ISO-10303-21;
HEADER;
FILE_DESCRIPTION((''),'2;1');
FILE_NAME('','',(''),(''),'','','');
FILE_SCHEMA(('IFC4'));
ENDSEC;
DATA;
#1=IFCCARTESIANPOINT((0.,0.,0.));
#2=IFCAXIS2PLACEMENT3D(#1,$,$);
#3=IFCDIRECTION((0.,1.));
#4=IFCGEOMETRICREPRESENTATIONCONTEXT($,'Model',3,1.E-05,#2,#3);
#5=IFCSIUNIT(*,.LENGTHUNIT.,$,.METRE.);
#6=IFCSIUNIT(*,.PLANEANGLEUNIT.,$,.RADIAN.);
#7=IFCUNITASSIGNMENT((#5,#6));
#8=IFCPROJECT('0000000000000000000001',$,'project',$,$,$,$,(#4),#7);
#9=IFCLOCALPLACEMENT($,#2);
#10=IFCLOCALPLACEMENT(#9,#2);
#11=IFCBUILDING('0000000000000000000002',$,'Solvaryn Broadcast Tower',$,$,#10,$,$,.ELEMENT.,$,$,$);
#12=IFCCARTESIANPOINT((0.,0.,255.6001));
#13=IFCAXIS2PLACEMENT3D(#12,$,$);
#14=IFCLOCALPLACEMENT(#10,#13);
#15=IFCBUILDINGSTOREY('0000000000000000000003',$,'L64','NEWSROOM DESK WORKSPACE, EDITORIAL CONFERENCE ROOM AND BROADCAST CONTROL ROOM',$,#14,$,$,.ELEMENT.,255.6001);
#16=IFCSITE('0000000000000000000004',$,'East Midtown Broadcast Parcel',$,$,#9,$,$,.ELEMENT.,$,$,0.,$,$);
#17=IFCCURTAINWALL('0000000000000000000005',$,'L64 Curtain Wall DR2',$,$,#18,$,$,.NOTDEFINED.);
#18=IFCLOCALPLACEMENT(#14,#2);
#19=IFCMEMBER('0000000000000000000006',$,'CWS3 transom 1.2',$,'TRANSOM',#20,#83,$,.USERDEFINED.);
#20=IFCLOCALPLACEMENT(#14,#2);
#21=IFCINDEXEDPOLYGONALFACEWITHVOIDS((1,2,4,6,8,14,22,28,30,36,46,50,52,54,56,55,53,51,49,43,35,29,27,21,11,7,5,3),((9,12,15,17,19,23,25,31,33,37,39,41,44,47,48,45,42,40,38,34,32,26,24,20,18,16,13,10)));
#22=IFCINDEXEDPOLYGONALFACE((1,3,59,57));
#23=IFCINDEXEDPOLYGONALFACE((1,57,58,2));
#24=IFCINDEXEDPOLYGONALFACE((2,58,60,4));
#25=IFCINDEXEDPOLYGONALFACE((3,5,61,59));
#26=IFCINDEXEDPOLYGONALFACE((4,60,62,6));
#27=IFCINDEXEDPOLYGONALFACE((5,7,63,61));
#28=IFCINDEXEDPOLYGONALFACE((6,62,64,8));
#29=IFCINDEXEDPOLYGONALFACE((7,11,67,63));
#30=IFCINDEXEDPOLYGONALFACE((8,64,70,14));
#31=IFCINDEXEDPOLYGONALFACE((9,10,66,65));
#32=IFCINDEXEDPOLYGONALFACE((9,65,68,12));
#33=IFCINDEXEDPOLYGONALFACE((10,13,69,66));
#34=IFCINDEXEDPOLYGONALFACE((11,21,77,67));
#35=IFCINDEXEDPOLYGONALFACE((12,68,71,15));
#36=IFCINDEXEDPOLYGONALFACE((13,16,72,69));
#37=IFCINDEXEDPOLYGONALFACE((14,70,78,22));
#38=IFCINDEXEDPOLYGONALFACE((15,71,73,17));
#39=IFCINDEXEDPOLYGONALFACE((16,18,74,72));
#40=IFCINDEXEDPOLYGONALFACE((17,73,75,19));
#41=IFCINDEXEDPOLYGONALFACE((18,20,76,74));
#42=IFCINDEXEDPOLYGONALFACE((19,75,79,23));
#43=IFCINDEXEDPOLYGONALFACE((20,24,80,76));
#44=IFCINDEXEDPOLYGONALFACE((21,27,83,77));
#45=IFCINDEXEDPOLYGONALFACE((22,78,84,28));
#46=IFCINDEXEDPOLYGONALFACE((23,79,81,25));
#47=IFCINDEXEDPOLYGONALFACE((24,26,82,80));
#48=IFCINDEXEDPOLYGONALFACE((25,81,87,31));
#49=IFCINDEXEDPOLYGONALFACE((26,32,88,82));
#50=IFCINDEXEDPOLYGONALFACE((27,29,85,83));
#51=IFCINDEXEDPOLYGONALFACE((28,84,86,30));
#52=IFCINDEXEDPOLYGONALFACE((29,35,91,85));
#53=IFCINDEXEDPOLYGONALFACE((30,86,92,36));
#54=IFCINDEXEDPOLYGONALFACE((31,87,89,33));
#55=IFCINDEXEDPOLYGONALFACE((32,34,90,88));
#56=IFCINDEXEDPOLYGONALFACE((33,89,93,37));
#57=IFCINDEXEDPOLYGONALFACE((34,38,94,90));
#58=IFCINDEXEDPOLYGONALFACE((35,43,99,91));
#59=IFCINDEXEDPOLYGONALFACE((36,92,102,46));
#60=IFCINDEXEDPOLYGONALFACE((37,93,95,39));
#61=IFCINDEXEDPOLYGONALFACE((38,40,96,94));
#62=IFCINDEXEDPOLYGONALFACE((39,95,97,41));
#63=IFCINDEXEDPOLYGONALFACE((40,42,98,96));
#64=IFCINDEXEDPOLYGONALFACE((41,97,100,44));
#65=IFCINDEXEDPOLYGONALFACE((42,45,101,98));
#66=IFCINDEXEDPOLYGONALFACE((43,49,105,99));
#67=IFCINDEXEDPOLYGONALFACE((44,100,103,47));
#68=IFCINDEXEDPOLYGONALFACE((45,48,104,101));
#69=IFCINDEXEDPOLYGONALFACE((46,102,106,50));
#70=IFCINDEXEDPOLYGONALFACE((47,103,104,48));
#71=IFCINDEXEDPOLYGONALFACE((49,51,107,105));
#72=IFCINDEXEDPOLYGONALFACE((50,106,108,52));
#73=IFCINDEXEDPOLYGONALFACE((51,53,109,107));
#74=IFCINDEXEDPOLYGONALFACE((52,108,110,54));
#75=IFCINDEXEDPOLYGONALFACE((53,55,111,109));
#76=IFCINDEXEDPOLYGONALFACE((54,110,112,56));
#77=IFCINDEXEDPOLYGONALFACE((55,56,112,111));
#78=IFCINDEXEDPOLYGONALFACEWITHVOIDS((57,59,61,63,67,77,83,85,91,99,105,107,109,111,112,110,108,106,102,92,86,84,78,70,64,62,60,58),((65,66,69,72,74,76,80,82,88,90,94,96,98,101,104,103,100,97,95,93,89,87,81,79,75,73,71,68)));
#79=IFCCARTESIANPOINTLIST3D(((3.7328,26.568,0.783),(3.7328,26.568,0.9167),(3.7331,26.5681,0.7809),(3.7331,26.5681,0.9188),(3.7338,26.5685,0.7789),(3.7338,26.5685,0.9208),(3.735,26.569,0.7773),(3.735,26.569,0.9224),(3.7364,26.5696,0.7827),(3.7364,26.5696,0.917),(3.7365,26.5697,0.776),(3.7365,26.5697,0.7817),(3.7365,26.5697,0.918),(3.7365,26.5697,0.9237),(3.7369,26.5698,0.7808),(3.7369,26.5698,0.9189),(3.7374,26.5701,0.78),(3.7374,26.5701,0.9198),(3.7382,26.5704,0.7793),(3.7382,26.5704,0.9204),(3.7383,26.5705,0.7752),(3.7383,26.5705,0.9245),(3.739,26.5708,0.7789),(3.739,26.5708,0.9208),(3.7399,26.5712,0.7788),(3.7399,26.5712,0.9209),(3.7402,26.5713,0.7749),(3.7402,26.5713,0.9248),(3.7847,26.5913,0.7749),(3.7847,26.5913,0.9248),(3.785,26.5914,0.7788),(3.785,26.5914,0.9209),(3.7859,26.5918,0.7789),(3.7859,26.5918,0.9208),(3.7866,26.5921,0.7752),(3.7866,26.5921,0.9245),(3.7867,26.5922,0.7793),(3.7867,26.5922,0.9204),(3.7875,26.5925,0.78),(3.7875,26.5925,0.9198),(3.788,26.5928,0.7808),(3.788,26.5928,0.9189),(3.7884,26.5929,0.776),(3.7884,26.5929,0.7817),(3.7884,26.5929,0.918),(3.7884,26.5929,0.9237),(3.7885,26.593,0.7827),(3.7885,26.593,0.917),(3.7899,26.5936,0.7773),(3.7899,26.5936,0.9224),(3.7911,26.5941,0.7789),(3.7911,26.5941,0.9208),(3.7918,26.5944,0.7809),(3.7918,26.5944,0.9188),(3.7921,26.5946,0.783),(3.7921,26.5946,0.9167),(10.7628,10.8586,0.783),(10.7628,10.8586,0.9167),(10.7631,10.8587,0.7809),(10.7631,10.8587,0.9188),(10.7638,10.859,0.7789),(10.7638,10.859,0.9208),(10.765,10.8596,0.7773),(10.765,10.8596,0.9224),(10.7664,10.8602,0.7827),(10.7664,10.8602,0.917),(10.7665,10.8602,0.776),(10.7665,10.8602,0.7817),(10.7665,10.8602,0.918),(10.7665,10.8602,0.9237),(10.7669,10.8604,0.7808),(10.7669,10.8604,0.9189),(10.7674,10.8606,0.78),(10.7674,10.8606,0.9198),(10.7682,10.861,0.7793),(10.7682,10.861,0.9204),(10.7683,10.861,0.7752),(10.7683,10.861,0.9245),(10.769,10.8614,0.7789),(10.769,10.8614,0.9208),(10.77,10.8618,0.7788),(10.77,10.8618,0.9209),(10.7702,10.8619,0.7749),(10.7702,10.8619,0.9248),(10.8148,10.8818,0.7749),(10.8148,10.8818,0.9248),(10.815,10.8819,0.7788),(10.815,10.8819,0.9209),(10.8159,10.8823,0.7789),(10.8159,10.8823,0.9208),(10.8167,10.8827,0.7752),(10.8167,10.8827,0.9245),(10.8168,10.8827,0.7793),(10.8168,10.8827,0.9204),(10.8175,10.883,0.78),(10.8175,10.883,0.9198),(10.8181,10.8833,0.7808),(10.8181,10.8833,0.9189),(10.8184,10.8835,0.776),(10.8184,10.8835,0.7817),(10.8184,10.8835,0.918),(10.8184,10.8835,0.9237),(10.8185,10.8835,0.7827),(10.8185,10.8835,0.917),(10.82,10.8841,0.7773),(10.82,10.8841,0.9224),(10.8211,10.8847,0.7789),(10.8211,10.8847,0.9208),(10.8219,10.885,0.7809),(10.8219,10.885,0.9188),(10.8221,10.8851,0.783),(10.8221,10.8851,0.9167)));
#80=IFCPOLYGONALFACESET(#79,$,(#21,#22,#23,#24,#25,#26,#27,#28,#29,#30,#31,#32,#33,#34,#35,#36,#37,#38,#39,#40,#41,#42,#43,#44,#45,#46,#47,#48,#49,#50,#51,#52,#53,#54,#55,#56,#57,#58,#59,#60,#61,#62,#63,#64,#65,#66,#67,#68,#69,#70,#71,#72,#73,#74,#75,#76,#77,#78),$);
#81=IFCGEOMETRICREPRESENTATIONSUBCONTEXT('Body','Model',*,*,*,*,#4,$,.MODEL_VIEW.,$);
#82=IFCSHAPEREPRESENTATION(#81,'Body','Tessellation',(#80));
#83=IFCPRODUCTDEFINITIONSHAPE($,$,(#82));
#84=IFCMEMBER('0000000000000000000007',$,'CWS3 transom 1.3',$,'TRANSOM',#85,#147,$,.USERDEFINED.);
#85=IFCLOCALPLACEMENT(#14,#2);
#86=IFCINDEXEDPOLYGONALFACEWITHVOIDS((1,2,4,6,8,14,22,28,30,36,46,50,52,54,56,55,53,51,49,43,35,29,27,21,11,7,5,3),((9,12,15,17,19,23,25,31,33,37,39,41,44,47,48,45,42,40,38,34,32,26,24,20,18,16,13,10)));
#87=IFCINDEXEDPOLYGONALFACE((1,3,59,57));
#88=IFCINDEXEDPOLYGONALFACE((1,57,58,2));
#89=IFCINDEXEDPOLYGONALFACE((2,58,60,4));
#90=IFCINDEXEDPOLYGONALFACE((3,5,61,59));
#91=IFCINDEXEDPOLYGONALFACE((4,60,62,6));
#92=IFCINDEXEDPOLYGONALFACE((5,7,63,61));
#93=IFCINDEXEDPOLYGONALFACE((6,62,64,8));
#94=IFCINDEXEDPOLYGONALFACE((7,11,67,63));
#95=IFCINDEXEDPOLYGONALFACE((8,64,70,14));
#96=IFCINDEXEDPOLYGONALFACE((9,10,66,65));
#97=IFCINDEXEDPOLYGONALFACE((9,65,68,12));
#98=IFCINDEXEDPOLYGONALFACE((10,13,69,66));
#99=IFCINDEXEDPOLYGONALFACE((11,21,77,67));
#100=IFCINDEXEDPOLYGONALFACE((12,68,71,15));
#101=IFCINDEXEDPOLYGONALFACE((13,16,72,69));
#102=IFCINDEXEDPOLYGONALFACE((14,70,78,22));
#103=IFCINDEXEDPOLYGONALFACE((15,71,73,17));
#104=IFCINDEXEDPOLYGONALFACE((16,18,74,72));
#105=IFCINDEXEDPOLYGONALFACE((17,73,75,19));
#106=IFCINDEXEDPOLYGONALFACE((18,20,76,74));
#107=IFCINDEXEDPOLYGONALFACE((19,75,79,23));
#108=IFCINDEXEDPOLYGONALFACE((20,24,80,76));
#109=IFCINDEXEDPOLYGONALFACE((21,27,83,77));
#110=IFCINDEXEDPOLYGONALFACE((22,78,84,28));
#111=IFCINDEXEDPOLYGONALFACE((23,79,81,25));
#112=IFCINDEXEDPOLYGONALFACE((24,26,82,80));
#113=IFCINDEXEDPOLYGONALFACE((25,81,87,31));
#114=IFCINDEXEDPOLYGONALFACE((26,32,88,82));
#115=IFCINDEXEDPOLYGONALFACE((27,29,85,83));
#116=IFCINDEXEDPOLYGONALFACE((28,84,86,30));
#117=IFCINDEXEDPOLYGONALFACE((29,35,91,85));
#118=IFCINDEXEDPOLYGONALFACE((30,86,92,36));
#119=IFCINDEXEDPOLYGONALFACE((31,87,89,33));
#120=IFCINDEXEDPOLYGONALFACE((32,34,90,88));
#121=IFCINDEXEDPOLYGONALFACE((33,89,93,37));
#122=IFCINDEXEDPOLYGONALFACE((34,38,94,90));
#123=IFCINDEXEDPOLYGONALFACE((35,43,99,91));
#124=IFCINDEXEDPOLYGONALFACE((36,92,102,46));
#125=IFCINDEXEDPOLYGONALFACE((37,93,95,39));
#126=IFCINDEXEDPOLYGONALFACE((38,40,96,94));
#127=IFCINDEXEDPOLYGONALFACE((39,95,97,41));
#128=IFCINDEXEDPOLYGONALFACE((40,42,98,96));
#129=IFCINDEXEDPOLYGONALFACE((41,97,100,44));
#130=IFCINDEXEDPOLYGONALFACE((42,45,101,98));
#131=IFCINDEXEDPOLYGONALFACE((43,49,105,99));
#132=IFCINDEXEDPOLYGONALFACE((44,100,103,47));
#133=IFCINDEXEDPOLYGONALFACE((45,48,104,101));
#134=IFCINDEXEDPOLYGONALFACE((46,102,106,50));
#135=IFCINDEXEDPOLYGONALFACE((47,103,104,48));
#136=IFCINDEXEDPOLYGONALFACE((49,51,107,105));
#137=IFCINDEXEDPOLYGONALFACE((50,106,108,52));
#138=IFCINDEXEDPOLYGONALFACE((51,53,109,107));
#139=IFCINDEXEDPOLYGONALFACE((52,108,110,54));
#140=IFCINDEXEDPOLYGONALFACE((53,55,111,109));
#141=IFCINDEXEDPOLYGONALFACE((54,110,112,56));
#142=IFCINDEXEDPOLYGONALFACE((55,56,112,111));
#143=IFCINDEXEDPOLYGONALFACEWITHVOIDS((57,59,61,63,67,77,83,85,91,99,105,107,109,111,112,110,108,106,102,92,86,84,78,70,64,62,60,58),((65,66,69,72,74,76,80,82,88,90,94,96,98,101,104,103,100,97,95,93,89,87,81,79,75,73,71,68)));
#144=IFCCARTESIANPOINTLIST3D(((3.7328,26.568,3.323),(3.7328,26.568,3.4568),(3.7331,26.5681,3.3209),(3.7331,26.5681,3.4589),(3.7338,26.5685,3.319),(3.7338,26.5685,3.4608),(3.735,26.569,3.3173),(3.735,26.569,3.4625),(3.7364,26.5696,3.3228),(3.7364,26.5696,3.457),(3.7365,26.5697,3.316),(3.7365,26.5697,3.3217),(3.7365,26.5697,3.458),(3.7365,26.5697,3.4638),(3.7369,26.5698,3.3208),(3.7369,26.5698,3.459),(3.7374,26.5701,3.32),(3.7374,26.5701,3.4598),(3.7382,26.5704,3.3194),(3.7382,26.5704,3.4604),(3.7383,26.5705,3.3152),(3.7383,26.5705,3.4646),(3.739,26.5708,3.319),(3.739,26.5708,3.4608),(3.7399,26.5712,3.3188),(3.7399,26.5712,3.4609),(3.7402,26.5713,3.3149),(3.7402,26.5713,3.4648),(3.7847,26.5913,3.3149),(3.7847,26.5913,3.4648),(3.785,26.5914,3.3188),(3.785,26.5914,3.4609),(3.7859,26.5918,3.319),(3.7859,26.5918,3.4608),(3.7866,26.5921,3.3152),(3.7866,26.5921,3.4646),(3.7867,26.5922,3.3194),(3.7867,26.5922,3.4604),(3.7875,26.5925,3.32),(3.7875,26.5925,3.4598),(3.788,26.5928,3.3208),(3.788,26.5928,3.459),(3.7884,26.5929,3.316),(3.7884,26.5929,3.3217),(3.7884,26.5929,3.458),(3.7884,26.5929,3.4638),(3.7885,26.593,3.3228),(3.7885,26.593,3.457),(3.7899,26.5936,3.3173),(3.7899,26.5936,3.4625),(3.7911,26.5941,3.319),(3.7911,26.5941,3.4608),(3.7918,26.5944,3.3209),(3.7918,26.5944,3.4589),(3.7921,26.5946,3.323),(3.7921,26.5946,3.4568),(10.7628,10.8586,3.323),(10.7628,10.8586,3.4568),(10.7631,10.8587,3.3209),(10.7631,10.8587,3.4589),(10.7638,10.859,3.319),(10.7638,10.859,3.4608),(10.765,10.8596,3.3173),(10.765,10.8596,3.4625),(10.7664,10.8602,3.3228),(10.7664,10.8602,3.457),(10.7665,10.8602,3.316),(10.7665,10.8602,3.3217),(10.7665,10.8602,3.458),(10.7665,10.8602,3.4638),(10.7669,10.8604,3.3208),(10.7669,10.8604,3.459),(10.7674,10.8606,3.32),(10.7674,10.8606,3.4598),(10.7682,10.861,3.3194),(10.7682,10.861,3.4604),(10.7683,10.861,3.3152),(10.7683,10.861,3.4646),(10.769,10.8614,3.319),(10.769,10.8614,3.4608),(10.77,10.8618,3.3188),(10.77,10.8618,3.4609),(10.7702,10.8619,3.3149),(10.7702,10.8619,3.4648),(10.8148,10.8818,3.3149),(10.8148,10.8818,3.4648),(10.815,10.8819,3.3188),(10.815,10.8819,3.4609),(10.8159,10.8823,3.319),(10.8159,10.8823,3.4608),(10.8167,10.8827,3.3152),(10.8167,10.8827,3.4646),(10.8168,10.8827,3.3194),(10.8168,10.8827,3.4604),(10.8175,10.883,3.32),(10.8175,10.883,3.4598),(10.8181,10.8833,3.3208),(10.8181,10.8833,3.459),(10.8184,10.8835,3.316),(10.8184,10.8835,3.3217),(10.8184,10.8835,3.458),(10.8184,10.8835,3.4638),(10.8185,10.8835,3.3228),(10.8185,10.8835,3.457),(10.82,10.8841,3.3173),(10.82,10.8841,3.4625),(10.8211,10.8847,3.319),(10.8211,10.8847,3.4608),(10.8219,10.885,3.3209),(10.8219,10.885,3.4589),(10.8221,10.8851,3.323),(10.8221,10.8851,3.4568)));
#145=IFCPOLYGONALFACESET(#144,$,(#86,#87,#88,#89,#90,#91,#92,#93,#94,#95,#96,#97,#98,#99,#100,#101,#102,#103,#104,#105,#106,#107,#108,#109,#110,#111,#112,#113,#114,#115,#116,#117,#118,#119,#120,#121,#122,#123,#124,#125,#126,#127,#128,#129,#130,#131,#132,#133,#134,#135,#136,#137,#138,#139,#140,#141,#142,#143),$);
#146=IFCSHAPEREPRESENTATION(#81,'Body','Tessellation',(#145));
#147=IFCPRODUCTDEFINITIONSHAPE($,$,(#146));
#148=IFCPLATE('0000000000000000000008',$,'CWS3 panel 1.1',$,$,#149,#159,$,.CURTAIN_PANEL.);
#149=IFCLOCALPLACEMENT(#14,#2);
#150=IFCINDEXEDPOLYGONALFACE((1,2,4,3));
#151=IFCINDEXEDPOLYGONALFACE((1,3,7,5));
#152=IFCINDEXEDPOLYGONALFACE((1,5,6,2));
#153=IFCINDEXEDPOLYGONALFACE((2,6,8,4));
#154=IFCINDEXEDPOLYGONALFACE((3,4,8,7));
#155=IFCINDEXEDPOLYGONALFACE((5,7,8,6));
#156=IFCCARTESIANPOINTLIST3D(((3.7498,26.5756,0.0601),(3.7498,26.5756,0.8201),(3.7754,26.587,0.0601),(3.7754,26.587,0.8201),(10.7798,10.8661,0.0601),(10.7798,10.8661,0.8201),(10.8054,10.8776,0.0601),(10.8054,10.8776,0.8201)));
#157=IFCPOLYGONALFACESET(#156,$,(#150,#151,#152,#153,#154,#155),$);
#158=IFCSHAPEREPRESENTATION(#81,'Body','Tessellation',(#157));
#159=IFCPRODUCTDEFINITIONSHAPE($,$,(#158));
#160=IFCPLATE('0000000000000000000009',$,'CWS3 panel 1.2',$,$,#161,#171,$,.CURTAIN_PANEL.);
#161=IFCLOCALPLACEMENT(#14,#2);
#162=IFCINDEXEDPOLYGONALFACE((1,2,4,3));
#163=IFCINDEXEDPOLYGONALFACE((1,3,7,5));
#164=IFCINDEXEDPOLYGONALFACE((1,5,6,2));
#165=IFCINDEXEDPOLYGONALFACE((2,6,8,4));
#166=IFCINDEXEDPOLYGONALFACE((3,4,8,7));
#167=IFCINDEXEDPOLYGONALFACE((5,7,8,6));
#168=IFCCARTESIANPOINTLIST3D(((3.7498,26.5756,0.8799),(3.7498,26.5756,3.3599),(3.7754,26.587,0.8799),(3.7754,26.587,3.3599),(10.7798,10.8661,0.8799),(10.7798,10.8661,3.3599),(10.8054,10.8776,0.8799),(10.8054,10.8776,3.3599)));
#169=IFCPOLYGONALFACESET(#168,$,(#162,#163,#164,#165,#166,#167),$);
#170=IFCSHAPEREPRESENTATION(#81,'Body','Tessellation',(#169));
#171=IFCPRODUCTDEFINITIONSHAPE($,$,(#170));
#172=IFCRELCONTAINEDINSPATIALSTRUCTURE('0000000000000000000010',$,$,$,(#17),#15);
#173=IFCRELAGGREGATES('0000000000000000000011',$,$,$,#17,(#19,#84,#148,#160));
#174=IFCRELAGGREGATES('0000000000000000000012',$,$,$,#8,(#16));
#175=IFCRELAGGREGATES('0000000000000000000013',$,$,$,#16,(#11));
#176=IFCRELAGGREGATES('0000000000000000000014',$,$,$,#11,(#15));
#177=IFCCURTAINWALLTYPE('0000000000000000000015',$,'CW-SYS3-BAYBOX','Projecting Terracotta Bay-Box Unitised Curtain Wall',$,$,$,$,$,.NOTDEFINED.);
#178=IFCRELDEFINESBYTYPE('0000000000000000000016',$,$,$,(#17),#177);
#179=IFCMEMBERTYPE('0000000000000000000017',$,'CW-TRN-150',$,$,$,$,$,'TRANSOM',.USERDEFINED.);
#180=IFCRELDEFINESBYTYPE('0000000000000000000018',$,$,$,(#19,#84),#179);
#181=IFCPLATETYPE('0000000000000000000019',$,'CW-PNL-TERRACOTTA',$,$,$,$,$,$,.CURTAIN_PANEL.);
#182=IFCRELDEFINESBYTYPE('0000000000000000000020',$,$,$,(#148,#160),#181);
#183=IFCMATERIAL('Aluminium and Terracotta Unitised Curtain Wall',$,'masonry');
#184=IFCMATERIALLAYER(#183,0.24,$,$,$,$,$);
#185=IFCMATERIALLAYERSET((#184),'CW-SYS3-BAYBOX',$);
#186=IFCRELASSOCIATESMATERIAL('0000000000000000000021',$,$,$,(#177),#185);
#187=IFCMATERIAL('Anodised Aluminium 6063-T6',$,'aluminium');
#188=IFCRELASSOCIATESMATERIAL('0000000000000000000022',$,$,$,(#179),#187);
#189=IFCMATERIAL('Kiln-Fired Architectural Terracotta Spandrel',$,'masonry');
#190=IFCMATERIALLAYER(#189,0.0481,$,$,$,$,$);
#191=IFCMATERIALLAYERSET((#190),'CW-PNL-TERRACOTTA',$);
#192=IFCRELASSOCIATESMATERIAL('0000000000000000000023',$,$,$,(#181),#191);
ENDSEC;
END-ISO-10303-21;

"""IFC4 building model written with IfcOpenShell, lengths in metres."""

from ifc_helpers import new_model, si_unit, direction, frame, origin, origin_2d, place, context, subcontext, project, spatial, rectangle, hollow_rectangle, extrude, material, layer, layer_set, material_profile, profile_set, type_object, element, aggregate, save


model = new_model("IFC4")

# Units and contexts
model_context = context("Model", 3, precision=1e-05, world=origin(), true_north=direction((0.0, 1.0)))
body_context = subcontext(model_context, "Body", "Model", "MODEL_VIEW")
ifc_project = project(units=[si_unit("LENGTHUNIT", "METRE"), si_unit("PLANEANGLEUNIT", "RADIAN")], contexts=[model_context])

# Site, building, storey
site_placement = place(None, origin())
site = spatial("IfcSite", under=ifc_project, at=site_placement, Name="East Midtown Broadcast Parcel", CompositionType="ELEMENT", RefElevation=0.0)
building_placement = place(site_placement, origin())
building = spatial("IfcBuilding", under=site, at=building_placement, Name="Solvaryn Broadcast Tower", CompositionType="ELEMENT")
storey_placement = place(building_placement, frame((0.0, 0.0, 255.6001)))
storey = spatial("IfcBuildingStorey", under=building, at=storey_placement, Name="L64", Description="NEWSROOM DESK WORKSPACE, EDITORIAL CONFERENCE ROOM AND BROADCAST CONTROL ROOM", CompositionType="ELEMENT", Elevation=255.6001)

# Curtain wall, members, plates
ifc_material_1 = material(Name="Aluminium and Terracotta Unitised Curtain Wall", Category="masonry")
ifc_layer_1 = layer(ifc_material_1, 0.24)
ifc_layer_set_1 = layer_set([ifc_layer_1], Name="CW-SYS3-BAYBOX")
curtain_wall_type_1 = type_object("IfcCurtainWallType", Name="CW-SYS3-BAYBOX", Description="Projecting Terracotta Bay-Box Unitised Curtain Wall", PredefinedType="NOTDEFINED", material=ifc_layer_set_1)
curtain_wall_1_placement = place(storey_placement, origin())
curtain_wall_1 = element("IfcCurtainWall", 1, at=curtain_wall_1_placement, inside=storey, type_object=curtain_wall_type_1, Name="L64 Curtain Wall DR2", PredefinedType="NOTDEFINED")
ifc_material_2 = material(Name="Anodised Aluminium 6063-T6", Category="aluminium")
ifc_material_profile_1 = material_profile(ifc_material_2, hollow_rectangle(XDim=0.0649, YDim=0.1499, WallThickness=0.0039, InnerFilletRadius=0.0039, OuterFilletRadius=0.0081, at=origin_2d()))
ifc_profile_set_1 = profile_set([ifc_material_profile_1], Name="Anodised Aluminium 6063-T6")
member_type_1 = type_object("IfcMemberType", Name="CW-TRN-150", ElementType="TRANSOM", PredefinedType="USERDEFINED", material=ifc_profile_set_1)
member_1_placement = place(storey_placement, frame((3.7625, 26.5813, 0.8499), z_axis=(0.408468, -0.912773, 0.0), x_axis=(0.912773, 0.408468, 0.0)))
member_1 = element("IfcMember", 2, at=member_1_placement, type_object=member_type_1, Name="CWS3 transom 1.2", ObjectType="TRANSOM", PredefinedType="USERDEFINED", context=body_context, shape_type="SweptSolid", body=[
    extrude(hollow_rectangle(XDim=0.0649, YDim=0.1499, WallThickness=0.0039, InnerFilletRadius=0.0039, OuterFilletRadius=0.0081, at=origin_2d()), origin(), (0.0, 0.0, 1.0), 17.2107),
])
member_2_placement = place(storey_placement, frame((3.7625, 26.5813, 3.3899), z_axis=(0.408468, -0.912773, 0.0), x_axis=(0.912773, 0.408468, 0.0)))
member_2 = element("IfcMember", 3, at=member_2_placement, type_object=member_type_1, Name="CWS3 transom 1.3", ObjectType="TRANSOM", PredefinedType="USERDEFINED", context=body_context, shape_type="SweptSolid", body=[
    extrude(hollow_rectangle(XDim=0.0649, YDim=0.1499, WallThickness=0.0039, InnerFilletRadius=0.0039, OuterFilletRadius=0.0081, at=origin_2d()), origin(), (0.0, 0.0, 1.0), 17.2107),
])
ifc_material_3 = material(Name="Kiln-Fired Architectural Terracotta Spandrel", Category="masonry")
ifc_layer_2 = layer(ifc_material_3, 0.0481)
ifc_layer_set_2 = layer_set([ifc_layer_2], Name="CW-PNL-TERRACOTTA")
plate_type = type_object("IfcPlateType", Name="CW-PNL-TERRACOTTA", PredefinedType="CURTAIN_PANEL", material=ifc_layer_set_2)
plate_1_placement = place(storey_placement, frame((7.2776, 18.7266, 0.0601), z_axis=(0.0, 0.0, 1.0), x_axis=(0.408466, -0.912774, 0.0)))
plate_1 = element("IfcPlate", 4, at=plate_1_placement, type_object=plate_type, Name="CWS3 panel 1.1", PredefinedType="CURTAIN_PANEL", context=body_context, shape_type="SweptSolid", body=[
    extrude(rectangle(XDim=17.2107, YDim=0.0281, at=origin_2d()), origin(), (0.0, 0.0, 1.0), 0.76),
])
plate_2_placement = place(storey_placement, frame((7.2776, 18.7266, 0.8799), z_axis=(0.0, 0.0, 1.0), x_axis=(0.408466, -0.912774, 0.0)))
plate_2 = element("IfcPlate", 5, at=plate_2_placement, type_object=plate_type, Name="CWS3 panel 1.2", PredefinedType="CURTAIN_PANEL", context=body_context, shape_type="SweptSolid", body=[
    extrude(rectangle(XDim=17.2107, YDim=0.0281, at=origin_2d()), origin(), (0.0, 0.0, 1.0), 2.48),
])
aggregate(curtain_wall_1, [member_1, member_2, plate_1, plate_2])

save(model, "model.ifc")
